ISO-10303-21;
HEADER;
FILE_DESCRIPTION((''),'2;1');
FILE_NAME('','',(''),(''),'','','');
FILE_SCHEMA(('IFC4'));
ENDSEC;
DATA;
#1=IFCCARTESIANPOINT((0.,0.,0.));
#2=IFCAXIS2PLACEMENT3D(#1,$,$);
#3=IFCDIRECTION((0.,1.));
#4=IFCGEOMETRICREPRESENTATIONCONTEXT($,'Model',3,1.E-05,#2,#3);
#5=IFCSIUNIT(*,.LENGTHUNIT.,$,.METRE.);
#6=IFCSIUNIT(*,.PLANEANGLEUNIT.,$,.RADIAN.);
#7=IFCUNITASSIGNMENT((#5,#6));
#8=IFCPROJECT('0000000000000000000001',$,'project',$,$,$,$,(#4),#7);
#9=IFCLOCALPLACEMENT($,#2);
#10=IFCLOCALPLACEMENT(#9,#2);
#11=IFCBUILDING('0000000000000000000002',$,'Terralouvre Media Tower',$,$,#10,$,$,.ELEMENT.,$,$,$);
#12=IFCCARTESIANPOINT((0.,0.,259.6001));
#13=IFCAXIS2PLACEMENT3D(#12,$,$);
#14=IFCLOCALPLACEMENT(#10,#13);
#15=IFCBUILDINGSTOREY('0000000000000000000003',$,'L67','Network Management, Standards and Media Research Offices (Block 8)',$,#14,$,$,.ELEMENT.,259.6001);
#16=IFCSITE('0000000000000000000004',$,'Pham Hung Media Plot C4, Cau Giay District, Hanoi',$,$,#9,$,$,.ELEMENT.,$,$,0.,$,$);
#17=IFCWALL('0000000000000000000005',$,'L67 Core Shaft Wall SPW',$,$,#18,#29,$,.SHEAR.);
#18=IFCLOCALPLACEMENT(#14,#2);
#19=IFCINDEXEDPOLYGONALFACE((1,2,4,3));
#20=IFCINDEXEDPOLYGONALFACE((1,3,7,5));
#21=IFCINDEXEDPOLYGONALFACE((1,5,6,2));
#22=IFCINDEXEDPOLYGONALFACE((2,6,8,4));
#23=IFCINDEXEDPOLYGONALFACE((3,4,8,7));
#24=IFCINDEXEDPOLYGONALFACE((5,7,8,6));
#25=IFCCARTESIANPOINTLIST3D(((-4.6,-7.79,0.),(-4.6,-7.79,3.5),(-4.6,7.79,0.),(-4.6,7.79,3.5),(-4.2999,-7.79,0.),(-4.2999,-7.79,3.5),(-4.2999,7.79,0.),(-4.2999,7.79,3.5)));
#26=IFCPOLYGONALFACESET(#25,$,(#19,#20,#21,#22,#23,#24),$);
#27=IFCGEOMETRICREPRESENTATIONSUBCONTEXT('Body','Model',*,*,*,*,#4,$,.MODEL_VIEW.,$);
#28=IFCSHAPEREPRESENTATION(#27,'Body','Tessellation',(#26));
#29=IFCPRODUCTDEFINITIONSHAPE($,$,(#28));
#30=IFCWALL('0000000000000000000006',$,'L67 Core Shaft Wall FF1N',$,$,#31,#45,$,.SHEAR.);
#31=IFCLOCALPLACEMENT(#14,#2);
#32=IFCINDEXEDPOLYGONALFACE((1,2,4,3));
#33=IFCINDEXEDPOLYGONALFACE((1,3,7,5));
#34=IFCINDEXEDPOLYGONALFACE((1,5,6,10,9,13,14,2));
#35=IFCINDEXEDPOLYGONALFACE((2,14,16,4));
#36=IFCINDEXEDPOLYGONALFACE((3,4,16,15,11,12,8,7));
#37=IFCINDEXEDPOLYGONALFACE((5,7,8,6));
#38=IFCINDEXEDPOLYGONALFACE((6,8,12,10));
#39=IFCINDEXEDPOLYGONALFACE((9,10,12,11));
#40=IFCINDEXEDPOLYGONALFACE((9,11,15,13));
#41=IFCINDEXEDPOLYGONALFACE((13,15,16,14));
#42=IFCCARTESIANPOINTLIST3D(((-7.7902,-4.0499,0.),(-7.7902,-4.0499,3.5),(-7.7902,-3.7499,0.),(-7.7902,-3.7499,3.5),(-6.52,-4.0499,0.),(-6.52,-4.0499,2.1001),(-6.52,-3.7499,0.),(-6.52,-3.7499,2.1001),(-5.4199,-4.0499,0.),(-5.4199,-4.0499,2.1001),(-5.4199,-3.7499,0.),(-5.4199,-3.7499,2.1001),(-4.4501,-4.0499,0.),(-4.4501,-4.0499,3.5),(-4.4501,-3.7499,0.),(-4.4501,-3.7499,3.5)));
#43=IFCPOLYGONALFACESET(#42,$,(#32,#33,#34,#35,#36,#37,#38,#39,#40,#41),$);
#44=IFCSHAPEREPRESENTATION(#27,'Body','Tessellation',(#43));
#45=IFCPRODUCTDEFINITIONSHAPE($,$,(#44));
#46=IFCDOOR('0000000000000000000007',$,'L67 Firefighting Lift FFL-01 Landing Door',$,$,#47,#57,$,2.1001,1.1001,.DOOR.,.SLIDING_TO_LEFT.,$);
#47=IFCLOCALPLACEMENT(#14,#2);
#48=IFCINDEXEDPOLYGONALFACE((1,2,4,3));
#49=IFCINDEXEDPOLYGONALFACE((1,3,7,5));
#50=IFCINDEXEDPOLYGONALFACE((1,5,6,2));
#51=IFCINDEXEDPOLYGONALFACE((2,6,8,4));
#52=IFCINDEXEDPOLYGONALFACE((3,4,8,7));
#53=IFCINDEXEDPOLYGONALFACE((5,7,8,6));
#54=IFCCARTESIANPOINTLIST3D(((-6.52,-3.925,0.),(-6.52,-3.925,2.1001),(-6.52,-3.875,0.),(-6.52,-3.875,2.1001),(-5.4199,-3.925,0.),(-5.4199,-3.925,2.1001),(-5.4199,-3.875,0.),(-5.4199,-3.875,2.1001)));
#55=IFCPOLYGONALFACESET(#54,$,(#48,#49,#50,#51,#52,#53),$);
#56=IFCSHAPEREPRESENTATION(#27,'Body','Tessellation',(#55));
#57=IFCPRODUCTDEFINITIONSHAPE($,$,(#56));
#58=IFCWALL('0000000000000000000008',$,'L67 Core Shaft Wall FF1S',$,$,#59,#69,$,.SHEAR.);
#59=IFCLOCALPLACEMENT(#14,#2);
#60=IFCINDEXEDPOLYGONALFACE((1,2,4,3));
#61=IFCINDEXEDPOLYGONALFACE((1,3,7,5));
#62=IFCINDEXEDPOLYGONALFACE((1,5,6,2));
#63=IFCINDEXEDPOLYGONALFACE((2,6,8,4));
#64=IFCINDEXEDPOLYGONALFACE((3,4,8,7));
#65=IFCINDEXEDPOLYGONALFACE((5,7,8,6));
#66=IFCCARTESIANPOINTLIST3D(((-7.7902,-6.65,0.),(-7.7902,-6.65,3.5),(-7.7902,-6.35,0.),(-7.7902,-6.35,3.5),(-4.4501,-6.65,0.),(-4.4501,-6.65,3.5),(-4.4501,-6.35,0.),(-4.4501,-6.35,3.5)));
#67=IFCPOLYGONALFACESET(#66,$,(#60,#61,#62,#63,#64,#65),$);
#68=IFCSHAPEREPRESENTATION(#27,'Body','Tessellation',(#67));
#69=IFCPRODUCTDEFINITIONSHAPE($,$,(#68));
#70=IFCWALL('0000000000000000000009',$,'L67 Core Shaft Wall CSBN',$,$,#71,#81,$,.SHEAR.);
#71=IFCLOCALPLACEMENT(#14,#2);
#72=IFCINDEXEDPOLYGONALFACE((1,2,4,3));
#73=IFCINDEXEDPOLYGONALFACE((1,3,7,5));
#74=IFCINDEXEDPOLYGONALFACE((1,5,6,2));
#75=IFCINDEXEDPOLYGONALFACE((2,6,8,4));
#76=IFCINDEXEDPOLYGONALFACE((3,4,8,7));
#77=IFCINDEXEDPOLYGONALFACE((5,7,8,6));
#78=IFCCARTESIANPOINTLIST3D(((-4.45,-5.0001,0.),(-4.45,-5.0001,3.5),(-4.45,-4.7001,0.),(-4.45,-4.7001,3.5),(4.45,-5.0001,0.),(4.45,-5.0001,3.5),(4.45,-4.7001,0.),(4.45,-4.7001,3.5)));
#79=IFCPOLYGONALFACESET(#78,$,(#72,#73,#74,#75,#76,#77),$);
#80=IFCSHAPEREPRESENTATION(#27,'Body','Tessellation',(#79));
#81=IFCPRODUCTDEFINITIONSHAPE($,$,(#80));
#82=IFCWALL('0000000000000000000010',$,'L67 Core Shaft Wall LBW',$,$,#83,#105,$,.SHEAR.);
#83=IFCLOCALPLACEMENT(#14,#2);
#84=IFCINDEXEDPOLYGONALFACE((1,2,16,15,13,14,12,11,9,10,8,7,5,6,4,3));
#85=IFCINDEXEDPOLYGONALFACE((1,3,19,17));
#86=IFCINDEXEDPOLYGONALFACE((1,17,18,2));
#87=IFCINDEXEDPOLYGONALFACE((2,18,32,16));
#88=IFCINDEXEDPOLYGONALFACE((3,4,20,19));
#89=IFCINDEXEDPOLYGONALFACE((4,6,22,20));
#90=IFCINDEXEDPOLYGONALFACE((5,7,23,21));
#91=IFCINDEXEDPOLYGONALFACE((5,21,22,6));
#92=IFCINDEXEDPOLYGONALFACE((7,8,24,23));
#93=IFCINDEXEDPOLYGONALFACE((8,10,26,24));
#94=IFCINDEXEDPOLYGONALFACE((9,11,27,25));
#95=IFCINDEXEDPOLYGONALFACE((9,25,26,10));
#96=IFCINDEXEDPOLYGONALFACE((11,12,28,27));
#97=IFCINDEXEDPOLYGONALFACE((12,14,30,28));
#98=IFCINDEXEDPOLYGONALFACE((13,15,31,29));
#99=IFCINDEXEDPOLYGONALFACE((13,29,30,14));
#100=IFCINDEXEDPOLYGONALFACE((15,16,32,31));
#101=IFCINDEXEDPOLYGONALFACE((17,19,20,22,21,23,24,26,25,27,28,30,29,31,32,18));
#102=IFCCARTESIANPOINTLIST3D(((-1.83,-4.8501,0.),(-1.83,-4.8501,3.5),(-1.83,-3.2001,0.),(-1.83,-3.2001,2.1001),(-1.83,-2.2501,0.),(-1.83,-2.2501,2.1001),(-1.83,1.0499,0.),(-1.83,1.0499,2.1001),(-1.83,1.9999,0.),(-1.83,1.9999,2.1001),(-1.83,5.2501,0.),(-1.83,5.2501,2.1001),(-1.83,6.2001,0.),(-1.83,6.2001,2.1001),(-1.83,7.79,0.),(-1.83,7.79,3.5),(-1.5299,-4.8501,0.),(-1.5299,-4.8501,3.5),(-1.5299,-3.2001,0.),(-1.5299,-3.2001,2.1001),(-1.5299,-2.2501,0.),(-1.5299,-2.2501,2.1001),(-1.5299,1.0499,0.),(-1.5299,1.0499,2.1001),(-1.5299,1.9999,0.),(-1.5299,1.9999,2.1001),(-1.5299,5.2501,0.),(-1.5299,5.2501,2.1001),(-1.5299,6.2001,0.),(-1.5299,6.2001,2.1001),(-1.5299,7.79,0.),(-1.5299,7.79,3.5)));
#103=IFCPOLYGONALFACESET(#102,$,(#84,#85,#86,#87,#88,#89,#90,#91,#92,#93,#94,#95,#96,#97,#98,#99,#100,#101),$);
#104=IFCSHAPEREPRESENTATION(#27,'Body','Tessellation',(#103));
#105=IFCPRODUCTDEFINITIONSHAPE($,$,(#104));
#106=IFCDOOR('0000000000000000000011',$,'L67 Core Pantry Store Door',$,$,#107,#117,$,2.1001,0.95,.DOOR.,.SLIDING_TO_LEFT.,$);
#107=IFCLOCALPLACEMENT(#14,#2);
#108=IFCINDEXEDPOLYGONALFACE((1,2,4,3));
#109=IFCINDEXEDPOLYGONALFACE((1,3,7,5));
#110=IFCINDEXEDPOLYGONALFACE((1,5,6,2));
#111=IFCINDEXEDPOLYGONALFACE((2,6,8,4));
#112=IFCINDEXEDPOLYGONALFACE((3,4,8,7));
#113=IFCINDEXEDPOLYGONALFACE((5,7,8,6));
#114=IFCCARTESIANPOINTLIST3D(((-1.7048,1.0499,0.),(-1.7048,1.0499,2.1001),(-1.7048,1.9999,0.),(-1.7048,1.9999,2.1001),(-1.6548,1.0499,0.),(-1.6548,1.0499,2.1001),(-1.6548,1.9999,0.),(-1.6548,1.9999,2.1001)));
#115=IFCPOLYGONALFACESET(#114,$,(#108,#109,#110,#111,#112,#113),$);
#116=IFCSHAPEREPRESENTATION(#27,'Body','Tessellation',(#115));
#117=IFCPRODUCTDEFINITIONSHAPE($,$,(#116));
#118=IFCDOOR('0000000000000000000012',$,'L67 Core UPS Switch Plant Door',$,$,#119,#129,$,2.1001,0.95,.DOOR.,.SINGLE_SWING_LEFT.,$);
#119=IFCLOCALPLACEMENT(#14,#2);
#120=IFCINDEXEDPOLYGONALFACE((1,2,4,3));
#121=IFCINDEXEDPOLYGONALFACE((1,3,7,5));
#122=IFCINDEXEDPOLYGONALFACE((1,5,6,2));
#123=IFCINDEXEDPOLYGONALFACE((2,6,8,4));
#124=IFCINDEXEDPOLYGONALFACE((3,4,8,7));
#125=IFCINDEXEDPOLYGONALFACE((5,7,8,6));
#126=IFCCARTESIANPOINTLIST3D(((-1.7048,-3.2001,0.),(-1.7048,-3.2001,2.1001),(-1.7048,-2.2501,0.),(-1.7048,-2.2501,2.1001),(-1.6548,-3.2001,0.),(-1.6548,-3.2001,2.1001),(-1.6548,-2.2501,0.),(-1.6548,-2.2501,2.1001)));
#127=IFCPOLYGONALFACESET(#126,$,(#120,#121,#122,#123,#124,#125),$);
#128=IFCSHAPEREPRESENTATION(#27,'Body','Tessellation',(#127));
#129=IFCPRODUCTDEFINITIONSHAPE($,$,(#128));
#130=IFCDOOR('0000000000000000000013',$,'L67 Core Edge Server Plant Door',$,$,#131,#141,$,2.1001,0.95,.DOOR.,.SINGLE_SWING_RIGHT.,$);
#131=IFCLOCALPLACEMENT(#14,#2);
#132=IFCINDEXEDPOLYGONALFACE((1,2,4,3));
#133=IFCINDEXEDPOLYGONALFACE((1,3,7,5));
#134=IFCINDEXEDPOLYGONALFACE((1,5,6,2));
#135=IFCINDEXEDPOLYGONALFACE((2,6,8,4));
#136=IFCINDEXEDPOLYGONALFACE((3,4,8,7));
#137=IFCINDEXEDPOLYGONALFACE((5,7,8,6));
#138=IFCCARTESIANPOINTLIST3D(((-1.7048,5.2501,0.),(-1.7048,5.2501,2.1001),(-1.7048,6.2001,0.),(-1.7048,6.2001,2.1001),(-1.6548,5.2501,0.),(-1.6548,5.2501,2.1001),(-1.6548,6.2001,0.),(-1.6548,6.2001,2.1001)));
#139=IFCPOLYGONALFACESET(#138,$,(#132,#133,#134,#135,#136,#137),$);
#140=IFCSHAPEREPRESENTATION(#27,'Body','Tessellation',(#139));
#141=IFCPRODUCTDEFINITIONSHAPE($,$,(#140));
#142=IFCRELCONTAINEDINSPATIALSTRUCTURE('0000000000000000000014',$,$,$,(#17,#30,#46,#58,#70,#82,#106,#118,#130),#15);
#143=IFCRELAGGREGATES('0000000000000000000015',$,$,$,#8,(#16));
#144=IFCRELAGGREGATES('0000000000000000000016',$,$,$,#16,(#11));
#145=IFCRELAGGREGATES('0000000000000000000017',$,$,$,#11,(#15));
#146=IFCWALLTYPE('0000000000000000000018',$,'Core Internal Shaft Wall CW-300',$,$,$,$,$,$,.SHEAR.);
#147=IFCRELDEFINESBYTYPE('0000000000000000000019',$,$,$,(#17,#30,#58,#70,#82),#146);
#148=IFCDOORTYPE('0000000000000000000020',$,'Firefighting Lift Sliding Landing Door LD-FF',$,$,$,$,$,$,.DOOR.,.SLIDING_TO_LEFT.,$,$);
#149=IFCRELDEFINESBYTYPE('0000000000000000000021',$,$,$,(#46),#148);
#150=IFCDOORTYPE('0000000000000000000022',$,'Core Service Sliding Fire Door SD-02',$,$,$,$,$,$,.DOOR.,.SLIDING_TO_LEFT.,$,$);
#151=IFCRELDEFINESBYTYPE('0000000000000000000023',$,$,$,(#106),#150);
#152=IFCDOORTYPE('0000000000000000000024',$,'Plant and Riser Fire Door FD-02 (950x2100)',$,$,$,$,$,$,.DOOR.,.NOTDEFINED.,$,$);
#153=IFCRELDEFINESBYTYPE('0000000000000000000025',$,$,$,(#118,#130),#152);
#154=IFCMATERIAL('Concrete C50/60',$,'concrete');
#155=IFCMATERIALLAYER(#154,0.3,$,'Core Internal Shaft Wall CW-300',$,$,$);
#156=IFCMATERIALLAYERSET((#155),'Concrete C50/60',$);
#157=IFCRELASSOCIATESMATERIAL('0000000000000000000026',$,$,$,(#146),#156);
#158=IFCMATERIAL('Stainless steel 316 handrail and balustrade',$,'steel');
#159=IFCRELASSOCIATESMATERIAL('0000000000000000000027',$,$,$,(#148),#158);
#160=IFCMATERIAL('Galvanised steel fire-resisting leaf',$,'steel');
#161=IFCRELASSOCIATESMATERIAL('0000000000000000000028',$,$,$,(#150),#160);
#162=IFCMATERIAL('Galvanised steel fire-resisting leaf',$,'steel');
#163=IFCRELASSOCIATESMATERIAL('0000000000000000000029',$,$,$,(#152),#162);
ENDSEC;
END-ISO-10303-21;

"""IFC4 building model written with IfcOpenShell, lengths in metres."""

from ifc_helpers import new_model, si_unit, direction, frame, frame_2d, origin, place, context, subcontext, project, spatial, rectangle, extrude, material, layer, layer_set, type_object, element, fill, save


model = new_model("IFC4")

# Units and contexts
model_context = context("Model", 3, precision=1e-05, world=origin(), true_north=direction((0.0, 1.0)))
body_context = subcontext(model_context, "Body", "Model", "MODEL_VIEW")
ifc_project = project(units=[si_unit("LENGTHUNIT", "METRE"), si_unit("PLANEANGLEUNIT", "RADIAN")], contexts=[model_context])

# Site, building, storey
site_placement = place(None, origin())
site = spatial("IfcSite", under=ifc_project, at=site_placement, Name="Pham Hung Media Plot C4, Cau Giay District, Hanoi", CompositionType="ELEMENT", RefElevation=0.0)
building_placement = place(site_placement, origin())
building = spatial("IfcBuilding", under=site, at=building_placement, Name="Terralouvre Media Tower", CompositionType="ELEMENT")
storey_placement = place(building_placement, frame((0.0, 0.0, 259.6001)))
storey = spatial("IfcBuildingStorey", under=building, at=storey_placement, Name="L67", Description="Network Management, Standards and Media Research Offices (Block 8)", CompositionType="ELEMENT", Elevation=259.6001)

# Wall
ifc_material_1 = material(Name="Concrete C50/60", Category="concrete")
ifc_layer_1 = layer(ifc_material_1, 0.3, Name="Core Internal Shaft Wall CW-300")
ifc_layer_set_1 = layer_set([ifc_layer_1], Name="Concrete C50/60")
wall_type_1 = type_object("IfcWallType", Name="Core Internal Shaft Wall CW-300", PredefinedType="SHEAR", material=ifc_layer_set_1)
wall_1_placement = place(storey_placement, frame((-4.45, -7.79, 0.0), z_axis=(0.0, 0.0, 1.0), x_axis=(0.0, 1.0, 0.0)))
element("IfcWall", 1, at=wall_1_placement, inside=storey, type_object=wall_type_1, Name="L67 Core Shaft Wall SPW", PredefinedType="SHEAR", context=body_context, shape_type="SweptSolid", body=[
    extrude(rectangle(XDim=15.5801, YDim=0.3, at=frame_2d((7.79, 0.0))), origin(), (0.0, 0.0, 1.0), 3.5),
])

# Wall, opening, door
wall_2_placement = place(storey_placement, frame((-7.79, -3.8999, 0.0), z_axis=(0.0, 0.0, 1.0), x_axis=(1.0, 0.0, 0.0)))
wall_2 = element("IfcWall", 2, at=wall_2_placement, inside=storey, type_object=wall_type_1, Name="L67 Core Shaft Wall FF1N", PredefinedType="SHEAR", context=body_context, shape_type="SweptSolid", body=[
    extrude(rectangle(XDim=3.3401, YDim=0.3, at=frame_2d((1.6699, 0.0))), origin(), (0.0, 0.0, 1.0), 3.5),
])
opening_1_placement = place(wall_2_placement, frame((1.27, 0.0, 0.0)))
opening_1 = element("IfcOpeningElement", 3, at=opening_1_placement, cuts=wall_2, PredefinedType="OPENING", context=body_context, shape_type="SweptSolid", body=[
    extrude(rectangle(XDim=1.1001, YDim=2.1001, at=frame_2d((0.55, 1.05))), frame((0.0, 0.1599, 0.0), z_axis=(0.0, -1.0, 0.0), x_axis=(1.0, 0.0, 0.0)), (0.0, 0.0, 1.0), 0.3201),
])
ifc_material_2 = material(Name="Stainless steel 316 handrail and balustrade", Category="steel")
door_type_1 = type_object("IfcDoorType", Name="Firefighting Lift Sliding Landing Door LD-FF", OperationType="SLIDING_TO_LEFT", PredefinedType="DOOR", material=ifc_material_2)
door_1_placement = place(opening_1_placement, origin())
door_1 = element("IfcDoor", 4, at=door_1_placement, inside=storey, type_object=door_type_1, Name="L67 Firefighting Lift FFL-01 Landing Door", OperationType="SLIDING_TO_LEFT", OverallHeight=2.1001, OverallWidth=1.1001, PredefinedType="DOOR", context=body_context, shape_type="SweptSolid", body=[
    extrude(rectangle(XDim=1.1001, YDim=2.1001, at=frame_2d((0.55, 1.05))), frame((0.0, 0.0249, 0.0), z_axis=(0.0, -1.0, 0.0), x_axis=(1.0, 0.0, 0.0)), (0.0, 0.0, 1.0), 0.05),
])
fill(opening_1, door_1)

# Walls
wall_3_placement = place(storey_placement, frame((-7.79, -6.5, 0.0), z_axis=(0.0, 0.0, 1.0), x_axis=(1.0, 0.0, 0.0)))
element("IfcWall", 5, at=wall_3_placement, inside=storey, type_object=wall_type_1, Name="L67 Core Shaft Wall FF1S", PredefinedType="SHEAR", context=body_context, shape_type="SweptSolid", body=[
    extrude(rectangle(XDim=3.3401, YDim=0.3, at=frame_2d((1.6699, 0.0))), origin(), (0.0, 0.0, 1.0), 3.5),
])
wall_4_placement = place(storey_placement, frame((-4.45, -4.8501, 0.0), z_axis=(0.0, 0.0, 1.0), x_axis=(1.0, 0.0, 0.0)))
element("IfcWall", 6, at=wall_4_placement, inside=storey, type_object=wall_type_1, Name="L67 Core Shaft Wall CSBN", PredefinedType="SHEAR", context=body_context, shape_type="SweptSolid", body=[
    extrude(rectangle(XDim=8.8999, YDim=0.3, at=frame_2d((4.45, 0.0))), origin(), (0.0, 0.0, 1.0), 3.5),
])

# Wall, openings, doors
wall_5_placement = place(storey_placement, frame((-1.6799, -4.8501, 0.0), z_axis=(0.0, 0.0, 1.0), x_axis=(0.0, 1.0, 0.0)))
wall_5 = element("IfcWall", 7, at=wall_5_placement, inside=storey, type_object=wall_type_1, Name="L67 Core Shaft Wall LBW", PredefinedType="SHEAR", context=body_context, shape_type="SweptSolid", body=[
    extrude(rectangle(XDim=12.6401, YDim=0.3, at=frame_2d((6.3201, 0.0))), origin(), (0.0, 0.0, 1.0), 3.5),
])
opening_2_placement = place(wall_5_placement, frame((1.6499, 0.0, 0.0)))
opening_2 = element("IfcOpeningElement", 8, at=opening_2_placement, cuts=wall_5, PredefinedType="OPENING", context=body_context, shape_type="SweptSolid", body=[
    extrude(rectangle(XDim=0.95, YDim=2.1001, at=frame_2d((0.4751, 1.05))), frame((0.0, 0.1599, 0.0), z_axis=(0.0, -1.0, 0.0), x_axis=(1.0, 0.0, 0.0)), (0.0, 0.0, 1.0), 0.3201),
])
opening_3_placement = place(wall_5_placement, frame((5.8999, 0.0, 0.0)))
opening_3 = element("IfcOpeningElement", 9, at=opening_3_placement, cuts=wall_5, PredefinedType="OPENING", context=body_context, shape_type="SweptSolid", body=[
    extrude(rectangle(XDim=0.95, YDim=2.1001, at=frame_2d((0.4751, 1.05))), frame((0.0, 0.1599, 0.0), z_axis=(0.0, -1.0, 0.0), x_axis=(1.0, 0.0, 0.0)), (0.0, 0.0, 1.0), 0.3201),
])
opening_4_placement = place(wall_5_placement, frame((10.1001, 0.0, 0.0)))
opening_4 = element("IfcOpeningElement", 10, at=opening_4_placement, cuts=wall_5, PredefinedType="OPENING", context=body_context, shape_type="SweptSolid", body=[
    extrude(rectangle(XDim=0.95, YDim=2.1001, at=frame_2d((0.4751, 1.05))), frame((0.0, 0.1599, 0.0), z_axis=(0.0, -1.0, 0.0), x_axis=(1.0, 0.0, 0.0)), (0.0, 0.0, 1.0), 0.3201),
])
ifc_material_3 = material(Name="Galvanised steel fire-resisting leaf", Category="steel")
door_type_2 = type_object("IfcDoorType", Name="Core Service Sliding Fire Door SD-02", OperationType="SLIDING_TO_LEFT", PredefinedType="DOOR", material=ifc_material_3)
door_2_placement = place(opening_3_placement, origin())
door_2 = element("IfcDoor", 11, at=door_2_placement, inside=storey, type_object=door_type_2, Name="L67 Core Pantry Store Door", OperationType="SLIDING_TO_LEFT", OverallHeight=2.1001, OverallWidth=0.95, PredefinedType="DOOR", context=body_context, shape_type="SweptSolid", body=[
    extrude(rectangle(XDim=0.95, YDim=2.1001, at=frame_2d((0.4751, 1.05))), frame((0.0, 0.0249, 0.0), z_axis=(0.0, -1.0, 0.0), x_axis=(1.0, 0.0, 0.0)), (0.0, 0.0, 1.0), 0.05),
])
fill(opening_3, door_2)
ifc_material_4 = material(Name="Galvanised steel fire-resisting leaf", Category="steel")
door_type_3 = type_object("IfcDoorType", Name="Plant and Riser Fire Door FD-02 (950x2100)", OperationType="NOTDEFINED", PredefinedType="DOOR", material=ifc_material_4)
door_3_placement = place(opening_2_placement, origin())
door_3 = element("IfcDoor", 12, at=door_3_placement, inside=storey, type_object=door_type_3, Name="L67 Core UPS Switch Plant Door", OperationType="SINGLE_SWING_LEFT", OverallHeight=2.1001, OverallWidth=0.95, PredefinedType="DOOR", context=body_context, shape_type="SweptSolid", body=[
    extrude(rectangle(XDim=0.95, YDim=2.1001, at=frame_2d((0.4751, 1.05))), frame((0.0, 0.0249, 0.0), z_axis=(0.0, -1.0, 0.0), x_axis=(1.0, 0.0, 0.0)), (0.0, 0.0, 1.0), 0.05),
])
fill(opening_2, door_3)
door_4_placement = place(opening_4_placement, origin())
door_4 = element("IfcDoor", 13, at=door_4_placement, inside=storey, type_object=door_type_3, Name="L67 Core Edge Server Plant Door", OperationType="SINGLE_SWING_RIGHT", OverallHeight=2.1001, OverallWidth=0.95, PredefinedType="DOOR", context=body_context, shape_type="SweptSolid", body=[
    extrude(rectangle(XDim=0.95, YDim=2.1001, at=frame_2d((0.4751, 1.05))), frame((0.0, 0.0249, 0.0), z_axis=(0.0, -1.0, 0.0), x_axis=(1.0, 0.0, 0.0)), (0.0, 0.0, 1.0), 0.05),
])
fill(opening_4, door_4)

save(model, "model.ifc")
